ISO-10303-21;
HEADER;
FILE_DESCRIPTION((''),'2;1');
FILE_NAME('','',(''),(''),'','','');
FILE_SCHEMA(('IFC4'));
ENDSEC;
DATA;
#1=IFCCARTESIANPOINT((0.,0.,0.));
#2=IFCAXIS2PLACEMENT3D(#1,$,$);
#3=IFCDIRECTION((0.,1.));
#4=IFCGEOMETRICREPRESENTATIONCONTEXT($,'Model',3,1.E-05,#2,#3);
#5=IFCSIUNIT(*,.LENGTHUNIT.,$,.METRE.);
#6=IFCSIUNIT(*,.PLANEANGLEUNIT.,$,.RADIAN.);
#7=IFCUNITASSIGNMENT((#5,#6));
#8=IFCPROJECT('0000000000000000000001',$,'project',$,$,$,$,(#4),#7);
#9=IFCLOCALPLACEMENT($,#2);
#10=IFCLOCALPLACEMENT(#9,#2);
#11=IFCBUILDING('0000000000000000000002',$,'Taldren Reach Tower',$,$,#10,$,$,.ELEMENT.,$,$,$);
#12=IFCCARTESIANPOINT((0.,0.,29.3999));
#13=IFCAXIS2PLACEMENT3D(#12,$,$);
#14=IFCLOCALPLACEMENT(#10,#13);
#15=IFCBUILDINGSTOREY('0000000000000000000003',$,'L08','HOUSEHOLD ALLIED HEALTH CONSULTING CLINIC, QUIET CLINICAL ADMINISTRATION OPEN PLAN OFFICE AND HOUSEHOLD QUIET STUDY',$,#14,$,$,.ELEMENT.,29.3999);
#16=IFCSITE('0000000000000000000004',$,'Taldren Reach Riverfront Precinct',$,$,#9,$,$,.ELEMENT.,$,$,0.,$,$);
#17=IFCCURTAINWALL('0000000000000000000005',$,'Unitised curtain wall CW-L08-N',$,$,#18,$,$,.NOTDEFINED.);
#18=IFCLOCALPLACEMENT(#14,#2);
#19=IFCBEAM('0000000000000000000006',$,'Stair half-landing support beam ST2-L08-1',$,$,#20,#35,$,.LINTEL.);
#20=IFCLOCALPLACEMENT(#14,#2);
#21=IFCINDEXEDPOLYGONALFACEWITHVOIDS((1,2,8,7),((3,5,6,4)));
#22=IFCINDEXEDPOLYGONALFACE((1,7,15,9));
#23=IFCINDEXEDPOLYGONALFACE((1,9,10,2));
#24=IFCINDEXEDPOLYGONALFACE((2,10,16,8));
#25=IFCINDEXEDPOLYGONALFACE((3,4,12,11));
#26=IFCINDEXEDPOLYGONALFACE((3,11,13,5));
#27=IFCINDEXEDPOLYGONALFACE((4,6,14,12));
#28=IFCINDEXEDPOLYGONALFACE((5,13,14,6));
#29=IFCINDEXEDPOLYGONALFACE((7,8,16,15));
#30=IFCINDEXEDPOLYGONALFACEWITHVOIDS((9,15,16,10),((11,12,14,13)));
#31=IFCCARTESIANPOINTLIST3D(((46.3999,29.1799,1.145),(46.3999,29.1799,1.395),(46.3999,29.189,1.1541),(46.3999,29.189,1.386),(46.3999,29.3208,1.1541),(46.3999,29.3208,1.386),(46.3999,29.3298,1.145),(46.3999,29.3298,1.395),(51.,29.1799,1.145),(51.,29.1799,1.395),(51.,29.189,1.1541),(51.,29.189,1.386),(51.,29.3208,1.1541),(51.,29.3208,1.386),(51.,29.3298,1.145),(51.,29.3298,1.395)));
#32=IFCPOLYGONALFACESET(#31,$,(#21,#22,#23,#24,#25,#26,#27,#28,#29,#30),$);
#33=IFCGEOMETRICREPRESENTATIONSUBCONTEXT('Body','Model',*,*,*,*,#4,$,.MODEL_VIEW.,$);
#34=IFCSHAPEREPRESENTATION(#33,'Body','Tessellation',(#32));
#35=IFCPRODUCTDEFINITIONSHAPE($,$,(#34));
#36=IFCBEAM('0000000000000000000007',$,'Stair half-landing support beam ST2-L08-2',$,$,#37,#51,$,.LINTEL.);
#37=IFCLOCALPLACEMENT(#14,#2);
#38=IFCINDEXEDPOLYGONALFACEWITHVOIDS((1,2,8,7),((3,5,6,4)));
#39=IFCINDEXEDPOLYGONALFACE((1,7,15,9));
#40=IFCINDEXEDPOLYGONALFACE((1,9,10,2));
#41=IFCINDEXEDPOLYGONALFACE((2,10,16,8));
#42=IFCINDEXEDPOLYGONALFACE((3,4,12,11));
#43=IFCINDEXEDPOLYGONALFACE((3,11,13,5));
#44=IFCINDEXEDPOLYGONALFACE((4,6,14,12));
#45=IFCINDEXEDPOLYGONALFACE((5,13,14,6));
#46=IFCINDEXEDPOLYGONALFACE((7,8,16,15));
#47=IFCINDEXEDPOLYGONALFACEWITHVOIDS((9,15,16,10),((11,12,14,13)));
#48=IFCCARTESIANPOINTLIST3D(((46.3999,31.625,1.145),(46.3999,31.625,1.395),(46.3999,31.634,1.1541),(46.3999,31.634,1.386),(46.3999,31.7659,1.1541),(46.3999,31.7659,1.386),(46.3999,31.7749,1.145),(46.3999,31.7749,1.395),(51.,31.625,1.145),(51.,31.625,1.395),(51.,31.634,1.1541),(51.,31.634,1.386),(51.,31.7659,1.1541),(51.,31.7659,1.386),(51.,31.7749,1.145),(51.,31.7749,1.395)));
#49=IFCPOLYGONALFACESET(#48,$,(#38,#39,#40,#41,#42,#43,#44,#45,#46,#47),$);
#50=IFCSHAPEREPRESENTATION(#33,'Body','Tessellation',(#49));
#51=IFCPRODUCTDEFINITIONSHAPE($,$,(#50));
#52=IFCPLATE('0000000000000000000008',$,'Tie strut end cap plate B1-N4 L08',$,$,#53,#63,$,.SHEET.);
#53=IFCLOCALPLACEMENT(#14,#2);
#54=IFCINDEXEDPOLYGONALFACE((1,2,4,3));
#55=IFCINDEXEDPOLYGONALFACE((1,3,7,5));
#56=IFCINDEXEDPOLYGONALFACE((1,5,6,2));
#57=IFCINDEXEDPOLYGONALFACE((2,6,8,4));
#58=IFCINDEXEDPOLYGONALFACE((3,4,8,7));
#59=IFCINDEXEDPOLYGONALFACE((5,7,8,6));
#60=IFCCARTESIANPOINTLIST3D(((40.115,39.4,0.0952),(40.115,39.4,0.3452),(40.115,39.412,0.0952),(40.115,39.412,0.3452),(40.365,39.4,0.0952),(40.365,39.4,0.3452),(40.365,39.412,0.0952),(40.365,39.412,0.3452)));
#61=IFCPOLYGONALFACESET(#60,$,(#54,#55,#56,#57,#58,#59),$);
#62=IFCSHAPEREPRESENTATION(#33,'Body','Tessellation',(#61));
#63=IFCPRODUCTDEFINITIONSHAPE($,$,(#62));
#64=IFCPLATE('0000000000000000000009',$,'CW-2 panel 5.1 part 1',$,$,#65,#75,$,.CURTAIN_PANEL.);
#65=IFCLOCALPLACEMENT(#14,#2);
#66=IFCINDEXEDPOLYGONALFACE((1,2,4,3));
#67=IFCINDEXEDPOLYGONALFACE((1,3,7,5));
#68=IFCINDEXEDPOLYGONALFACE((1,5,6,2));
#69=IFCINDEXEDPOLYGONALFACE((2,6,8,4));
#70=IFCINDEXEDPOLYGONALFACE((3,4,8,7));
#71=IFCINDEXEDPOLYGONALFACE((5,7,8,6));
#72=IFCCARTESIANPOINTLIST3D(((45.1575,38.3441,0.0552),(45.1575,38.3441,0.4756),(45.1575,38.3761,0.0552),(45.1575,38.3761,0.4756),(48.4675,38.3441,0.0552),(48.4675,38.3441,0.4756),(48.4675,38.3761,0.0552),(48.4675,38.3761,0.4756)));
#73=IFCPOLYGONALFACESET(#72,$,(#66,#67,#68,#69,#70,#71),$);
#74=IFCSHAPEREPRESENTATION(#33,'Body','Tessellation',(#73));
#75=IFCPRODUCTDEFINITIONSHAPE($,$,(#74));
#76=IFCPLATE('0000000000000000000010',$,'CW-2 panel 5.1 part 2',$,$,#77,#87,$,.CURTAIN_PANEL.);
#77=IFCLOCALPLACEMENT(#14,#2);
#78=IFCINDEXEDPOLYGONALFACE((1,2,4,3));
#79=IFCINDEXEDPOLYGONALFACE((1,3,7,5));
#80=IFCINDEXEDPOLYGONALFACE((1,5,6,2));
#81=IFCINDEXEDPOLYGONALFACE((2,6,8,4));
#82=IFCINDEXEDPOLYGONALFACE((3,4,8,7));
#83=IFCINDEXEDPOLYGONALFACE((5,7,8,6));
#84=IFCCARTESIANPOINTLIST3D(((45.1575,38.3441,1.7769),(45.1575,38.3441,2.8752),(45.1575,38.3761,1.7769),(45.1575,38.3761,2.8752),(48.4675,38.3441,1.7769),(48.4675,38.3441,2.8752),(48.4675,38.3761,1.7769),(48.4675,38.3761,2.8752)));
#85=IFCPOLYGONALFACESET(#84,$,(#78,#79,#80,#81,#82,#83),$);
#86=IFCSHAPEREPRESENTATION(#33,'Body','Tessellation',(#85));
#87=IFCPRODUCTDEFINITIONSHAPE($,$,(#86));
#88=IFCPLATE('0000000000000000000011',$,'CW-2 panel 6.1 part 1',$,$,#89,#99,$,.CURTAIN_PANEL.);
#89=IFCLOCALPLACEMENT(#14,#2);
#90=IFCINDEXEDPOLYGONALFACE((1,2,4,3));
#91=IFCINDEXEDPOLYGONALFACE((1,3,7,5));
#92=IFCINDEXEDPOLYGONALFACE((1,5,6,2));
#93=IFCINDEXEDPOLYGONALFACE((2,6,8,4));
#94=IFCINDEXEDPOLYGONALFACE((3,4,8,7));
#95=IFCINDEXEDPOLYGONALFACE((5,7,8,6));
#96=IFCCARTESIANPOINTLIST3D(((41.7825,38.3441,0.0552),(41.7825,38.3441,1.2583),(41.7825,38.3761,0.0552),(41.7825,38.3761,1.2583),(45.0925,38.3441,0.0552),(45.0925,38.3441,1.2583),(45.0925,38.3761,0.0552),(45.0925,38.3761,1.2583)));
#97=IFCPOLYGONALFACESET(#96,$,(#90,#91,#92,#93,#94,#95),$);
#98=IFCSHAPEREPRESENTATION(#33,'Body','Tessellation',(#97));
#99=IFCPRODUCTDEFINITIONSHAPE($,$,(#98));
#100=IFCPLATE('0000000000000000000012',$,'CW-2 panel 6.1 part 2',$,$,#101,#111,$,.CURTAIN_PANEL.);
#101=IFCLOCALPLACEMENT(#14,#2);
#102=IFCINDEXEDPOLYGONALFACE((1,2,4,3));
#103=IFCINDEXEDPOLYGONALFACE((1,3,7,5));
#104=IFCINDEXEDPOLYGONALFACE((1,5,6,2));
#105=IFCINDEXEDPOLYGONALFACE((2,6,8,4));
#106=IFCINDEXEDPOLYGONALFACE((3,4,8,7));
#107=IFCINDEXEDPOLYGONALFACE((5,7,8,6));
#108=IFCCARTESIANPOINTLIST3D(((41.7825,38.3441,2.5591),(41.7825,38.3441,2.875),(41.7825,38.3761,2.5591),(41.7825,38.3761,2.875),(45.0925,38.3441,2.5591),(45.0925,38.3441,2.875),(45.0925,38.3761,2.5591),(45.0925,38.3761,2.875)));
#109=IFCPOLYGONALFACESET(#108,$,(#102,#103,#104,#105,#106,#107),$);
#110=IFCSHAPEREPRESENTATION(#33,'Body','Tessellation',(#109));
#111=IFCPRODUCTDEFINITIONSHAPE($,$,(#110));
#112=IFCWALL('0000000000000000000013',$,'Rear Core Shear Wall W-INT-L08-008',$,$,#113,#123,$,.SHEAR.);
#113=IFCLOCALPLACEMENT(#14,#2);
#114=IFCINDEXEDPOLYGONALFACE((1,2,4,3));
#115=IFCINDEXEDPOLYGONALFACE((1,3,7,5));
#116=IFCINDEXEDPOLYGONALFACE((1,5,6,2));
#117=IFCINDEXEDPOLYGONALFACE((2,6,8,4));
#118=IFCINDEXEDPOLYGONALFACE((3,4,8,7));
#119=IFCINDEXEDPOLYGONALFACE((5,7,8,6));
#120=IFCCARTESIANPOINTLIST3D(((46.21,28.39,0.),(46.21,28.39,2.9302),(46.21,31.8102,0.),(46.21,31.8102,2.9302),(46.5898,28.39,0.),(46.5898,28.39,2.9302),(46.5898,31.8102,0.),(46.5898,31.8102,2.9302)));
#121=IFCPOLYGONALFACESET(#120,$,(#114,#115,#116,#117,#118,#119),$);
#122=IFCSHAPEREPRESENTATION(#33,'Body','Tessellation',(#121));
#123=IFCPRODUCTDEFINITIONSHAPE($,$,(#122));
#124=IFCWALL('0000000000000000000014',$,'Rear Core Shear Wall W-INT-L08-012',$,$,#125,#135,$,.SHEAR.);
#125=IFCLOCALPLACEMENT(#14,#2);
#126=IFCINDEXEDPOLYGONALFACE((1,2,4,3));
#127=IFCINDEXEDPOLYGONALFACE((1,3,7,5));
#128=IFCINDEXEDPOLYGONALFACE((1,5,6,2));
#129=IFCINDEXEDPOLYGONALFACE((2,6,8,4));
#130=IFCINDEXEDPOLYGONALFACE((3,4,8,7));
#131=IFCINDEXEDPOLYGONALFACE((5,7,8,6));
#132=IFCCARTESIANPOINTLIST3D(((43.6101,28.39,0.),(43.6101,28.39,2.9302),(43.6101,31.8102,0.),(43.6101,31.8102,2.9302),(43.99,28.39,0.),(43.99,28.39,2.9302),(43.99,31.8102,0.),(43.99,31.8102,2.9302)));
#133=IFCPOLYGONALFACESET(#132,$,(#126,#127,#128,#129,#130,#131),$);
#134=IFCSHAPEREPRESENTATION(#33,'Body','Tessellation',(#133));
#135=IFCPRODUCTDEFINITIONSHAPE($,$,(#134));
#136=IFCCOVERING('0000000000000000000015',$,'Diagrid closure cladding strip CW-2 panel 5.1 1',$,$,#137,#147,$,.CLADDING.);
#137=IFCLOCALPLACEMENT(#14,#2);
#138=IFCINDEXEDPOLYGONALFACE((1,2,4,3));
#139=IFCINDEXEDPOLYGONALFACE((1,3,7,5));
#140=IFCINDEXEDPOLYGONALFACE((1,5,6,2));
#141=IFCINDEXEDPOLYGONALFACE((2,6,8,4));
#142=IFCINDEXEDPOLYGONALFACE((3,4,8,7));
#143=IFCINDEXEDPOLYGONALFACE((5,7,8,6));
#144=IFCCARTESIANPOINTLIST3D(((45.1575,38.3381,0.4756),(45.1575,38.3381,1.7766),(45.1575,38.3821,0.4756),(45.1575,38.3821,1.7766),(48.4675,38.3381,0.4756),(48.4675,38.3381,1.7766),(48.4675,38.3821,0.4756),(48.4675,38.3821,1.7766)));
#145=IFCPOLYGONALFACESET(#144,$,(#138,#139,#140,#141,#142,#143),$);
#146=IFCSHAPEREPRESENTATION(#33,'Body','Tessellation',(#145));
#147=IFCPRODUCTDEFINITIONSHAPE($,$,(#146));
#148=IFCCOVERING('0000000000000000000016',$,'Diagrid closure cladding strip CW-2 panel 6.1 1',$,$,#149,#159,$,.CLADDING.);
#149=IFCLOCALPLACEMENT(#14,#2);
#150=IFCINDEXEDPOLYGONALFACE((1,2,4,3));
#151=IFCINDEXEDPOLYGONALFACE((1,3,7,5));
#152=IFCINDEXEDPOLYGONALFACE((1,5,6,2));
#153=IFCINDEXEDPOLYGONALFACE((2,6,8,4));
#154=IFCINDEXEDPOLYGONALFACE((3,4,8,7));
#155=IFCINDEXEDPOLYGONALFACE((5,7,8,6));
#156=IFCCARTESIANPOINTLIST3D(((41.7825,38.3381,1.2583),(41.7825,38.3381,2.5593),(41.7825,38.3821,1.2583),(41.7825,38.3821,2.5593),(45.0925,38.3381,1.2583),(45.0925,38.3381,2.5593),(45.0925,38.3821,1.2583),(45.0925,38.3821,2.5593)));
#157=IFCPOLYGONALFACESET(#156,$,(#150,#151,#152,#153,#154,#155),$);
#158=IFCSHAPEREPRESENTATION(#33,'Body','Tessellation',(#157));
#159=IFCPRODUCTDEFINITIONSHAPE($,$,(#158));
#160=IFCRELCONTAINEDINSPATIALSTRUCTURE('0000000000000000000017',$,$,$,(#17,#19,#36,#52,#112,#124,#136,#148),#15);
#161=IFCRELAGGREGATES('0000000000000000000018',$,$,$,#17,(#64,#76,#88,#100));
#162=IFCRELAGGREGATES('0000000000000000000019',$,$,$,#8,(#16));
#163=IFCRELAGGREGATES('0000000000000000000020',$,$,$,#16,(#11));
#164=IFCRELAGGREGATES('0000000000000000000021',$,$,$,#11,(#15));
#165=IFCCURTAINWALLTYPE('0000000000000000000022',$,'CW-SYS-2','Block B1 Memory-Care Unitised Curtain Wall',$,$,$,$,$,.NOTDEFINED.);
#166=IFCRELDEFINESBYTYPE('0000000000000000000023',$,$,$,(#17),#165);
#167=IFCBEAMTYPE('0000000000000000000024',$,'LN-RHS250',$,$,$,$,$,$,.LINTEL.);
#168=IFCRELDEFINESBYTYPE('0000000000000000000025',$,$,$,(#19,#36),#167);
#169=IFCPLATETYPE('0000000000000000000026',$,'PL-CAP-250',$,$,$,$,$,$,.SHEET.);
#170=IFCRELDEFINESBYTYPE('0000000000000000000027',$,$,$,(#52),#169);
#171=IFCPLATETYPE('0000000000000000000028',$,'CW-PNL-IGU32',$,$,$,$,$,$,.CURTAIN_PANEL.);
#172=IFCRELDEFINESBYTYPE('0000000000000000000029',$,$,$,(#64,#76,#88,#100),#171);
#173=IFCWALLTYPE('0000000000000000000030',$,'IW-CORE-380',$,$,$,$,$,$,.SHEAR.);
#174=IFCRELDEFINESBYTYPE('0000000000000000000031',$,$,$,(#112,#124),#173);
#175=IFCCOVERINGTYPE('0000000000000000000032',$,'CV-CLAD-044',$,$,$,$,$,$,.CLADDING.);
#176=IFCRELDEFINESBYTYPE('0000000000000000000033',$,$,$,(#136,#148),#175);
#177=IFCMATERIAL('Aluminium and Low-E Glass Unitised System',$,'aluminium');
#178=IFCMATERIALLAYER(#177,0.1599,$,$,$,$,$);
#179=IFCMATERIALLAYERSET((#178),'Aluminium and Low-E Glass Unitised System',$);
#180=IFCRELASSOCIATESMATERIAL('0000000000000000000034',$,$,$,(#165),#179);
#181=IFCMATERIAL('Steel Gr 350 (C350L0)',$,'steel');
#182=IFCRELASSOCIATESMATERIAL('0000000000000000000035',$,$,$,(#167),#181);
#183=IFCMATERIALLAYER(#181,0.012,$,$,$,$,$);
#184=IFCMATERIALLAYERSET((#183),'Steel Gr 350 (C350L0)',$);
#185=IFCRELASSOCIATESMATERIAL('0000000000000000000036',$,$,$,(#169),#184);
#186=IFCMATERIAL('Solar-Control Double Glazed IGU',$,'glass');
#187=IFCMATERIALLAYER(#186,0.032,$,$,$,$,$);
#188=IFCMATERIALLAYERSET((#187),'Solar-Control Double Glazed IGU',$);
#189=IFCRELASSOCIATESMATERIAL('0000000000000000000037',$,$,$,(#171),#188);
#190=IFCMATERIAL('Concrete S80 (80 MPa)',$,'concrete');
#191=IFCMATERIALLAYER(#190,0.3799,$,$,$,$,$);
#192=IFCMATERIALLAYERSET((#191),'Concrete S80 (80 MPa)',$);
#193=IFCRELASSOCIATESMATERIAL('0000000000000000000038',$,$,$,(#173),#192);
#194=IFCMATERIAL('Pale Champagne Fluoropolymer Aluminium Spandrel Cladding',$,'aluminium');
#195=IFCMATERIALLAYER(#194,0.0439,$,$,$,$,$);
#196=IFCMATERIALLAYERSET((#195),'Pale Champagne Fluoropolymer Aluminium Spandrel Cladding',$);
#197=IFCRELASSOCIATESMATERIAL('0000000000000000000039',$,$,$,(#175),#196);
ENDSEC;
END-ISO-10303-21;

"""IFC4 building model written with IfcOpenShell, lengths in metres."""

from ifc_helpers import new_model, si_unit, direction, frame, frame_2d, origin, origin_2d, place, context, subcontext, project, spatial, rectangle, hollow_rectangle, extrude, source, transform, mapped, material, layer, layer_set, material_profile, profile_set, type_object, element, aggregate, save


model = new_model("IFC4")

# Units and contexts
model_context = context("Model", 3, precision=1e-05, world=origin(), true_north=direction((0.0, 1.0)))
body_context = subcontext(model_context, "Body", "Model", "MODEL_VIEW")
ifc_project = project(units=[si_unit("LENGTHUNIT", "METRE"), si_unit("PLANEANGLEUNIT", "RADIAN")], contexts=[model_context])

# Site, building, storey
site_placement = place(None, origin())
site = spatial("IfcSite", under=ifc_project, at=site_placement, Name="Taldren Reach Riverfront Precinct", CompositionType="ELEMENT", RefElevation=0.0)
building_placement = place(site_placement, origin())
building = spatial("IfcBuilding", under=site, at=building_placement, Name="Taldren Reach Tower", CompositionType="ELEMENT")
storey_placement = place(building_placement, frame((0.0, 0.0, 29.3999)))
storey = spatial("IfcBuildingStorey", under=building, at=storey_placement, Name="L08", Description="HOUSEHOLD ALLIED HEALTH CONSULTING CLINIC, QUIET CLINICAL ADMINISTRATION OPEN PLAN OFFICE AND HOUSEHOLD QUIET STUDY", CompositionType="ELEMENT", Elevation=29.3999)

# Curtain wall
ifc_material_1 = material(Name="Aluminium and Low-E Glass Unitised System", Category="aluminium")
ifc_layer_1 = layer(ifc_material_1, 0.1599)
ifc_layer_set_1 = layer_set([ifc_layer_1], Name="Aluminium and Low-E Glass Unitised System")
curtain_wall_type = type_object("IfcCurtainWallType", Name="CW-SYS-2", Description="Block B1 Memory-Care Unitised Curtain Wall", PredefinedType="NOTDEFINED", material=ifc_layer_set_1)
curtain_wall_placement = place(storey_placement, origin())
curtain_wall = element("IfcCurtainWall", 1, at=curtain_wall_placement, inside=storey, type_object=curtain_wall_type, Name="Unitised curtain wall CW-L08-N", PredefinedType="NOTDEFINED")

# Beams
ifc_material_2 = material(Name="Steel Gr 350 (C350L0)", Category="steel")
ifc_material_profile_1 = material_profile(ifc_material_2, hollow_rectangle(XDim=0.1499, YDim=0.25, WallThickness=0.009, at=origin_2d()), Name="250x150x9.0RHS")
ifc_profile_set_1 = profile_set([ifc_material_profile_1], Name="Steel Gr 350 (C350L0)")
beam_type = type_object("IfcBeamType", Name="LN-RHS250", PredefinedType="LINTEL", material=ifc_profile_set_1)
shared_shape_1 = source(origin(), body_context, "Body", "SweptSolid", [
    extrude(hollow_rectangle(XDim=0.1499, YDim=0.25, WallThickness=0.009, at=origin_2d()), origin(), (0.0, 0.0, 1.0), 4.6001),
])
for number, where, z_axis, x_axis, name in (
    (2, (46.3999, 29.2549, 1.27), (1.0, 0.0, 0.0), (0.0, 1.0, 0.0), "Stair half-landing support beam ST2-L08-1"),
    (3, (46.3999, 31.7, 1.27), (1.0, 0.0, 0.0), (0.0, 1.0, 0.0), "Stair half-landing support beam ST2-L08-2"),
):
    element("IfcBeam", number, at=place(storey_placement, frame(where, z_axis=z_axis, x_axis=x_axis)), inside=storey, type_object=beam_type, Name=name, PredefinedType="LINTEL", context=body_context, shape_type="MappedRepresentation", body=[
        mapped(shared_shape_1, transform((0.0, 0.0, 0.0), scale=1.0)),
    ])

# Plates
ifc_layer_2 = layer(ifc_material_2, 0.012)
ifc_layer_set_2 = layer_set([ifc_layer_2], Name="Steel Gr 350 (C350L0)")
plate_type_1 = type_object("IfcPlateType", Name="PL-CAP-250", PredefinedType="SHEET", material=ifc_layer_set_2)
shared_shape_2 = source(origin(), body_context, "Body", "SweptSolid", [
    extrude(rectangle(XDim=0.25, YDim=0.012, at=origin_2d()), origin(), (0.0, 0.0, 1.0), 0.25),
])
plate_1_placement = place(storey_placement, frame((40.24, 39.406, 0.0952), z_axis=(0.0, 0.0, 1.0), x_axis=(1.0, 0.0, 0.0)))
element("IfcPlate", 4, at=plate_1_placement, inside=storey, type_object=plate_type_1, Name="Tie strut end cap plate B1-N4 L08", PredefinedType="SHEET", context=body_context, shape_type="MappedRepresentation", body=[
    mapped(shared_shape_2, transform((0.0, 0.0, 0.0), scale=1.0)),
])
ifc_material_3 = material(Name="Solar-Control Double Glazed IGU", Category="glass")
ifc_layer_3 = layer(ifc_material_3, 0.032)
ifc_layer_set_3 = layer_set([ifc_layer_3], Name="Solar-Control Double Glazed IGU")
plate_type_2 = type_object("IfcPlateType", Name="CW-PNL-IGU32", PredefinedType="CURTAIN_PANEL", material=ifc_layer_set_3)
shared_shape_3 = source(origin(), body_context, "Body", "SweptSolid", [
    extrude(rectangle(XDim=3.3101, YDim=0.032, at=origin_2d()), origin(), (0.0, 0.0, 1.0), 0.4204),
])
plate_2_placement = place(storey_placement, frame((46.8125, 38.3601, 0.0552), z_axis=(0.0, 0.0, 1.0), x_axis=(-1.0, 0.0, 0.0)))
plate_2 = element("IfcPlate", 5, at=plate_2_placement, type_object=plate_type_2, Name="CW-2 panel 5.1 part 1", PredefinedType="CURTAIN_PANEL", context=body_context, shape_type="MappedRepresentation", body=[
    mapped(shared_shape_3, transform((0.0, 0.0, 0.0), scale=1.0)),
])
shared_shape_4 = source(origin(), body_context, "Body", "SweptSolid", [
    extrude(rectangle(XDim=3.3101, YDim=0.032, at=origin_2d()), origin(), (0.0, 0.0, 1.0), 1.0984),
])
plate_3_placement = place(storey_placement, frame((46.8125, 38.3601, 1.7769), z_axis=(0.0, 0.0, 1.0), x_axis=(-1.0, 0.0, 0.0)))
plate_3 = element("IfcPlate", 6, at=plate_3_placement, type_object=plate_type_2, Name="CW-2 panel 5.1 part 2", PredefinedType="CURTAIN_PANEL", context=body_context, shape_type="MappedRepresentation", body=[
    mapped(shared_shape_4, transform((0.0, 0.0, 0.0), scale=1.0)),
])
shared_shape_5 = source(origin(), body_context, "Body", "SweptSolid", [
    extrude(rectangle(XDim=3.3101, YDim=0.032, at=origin_2d()), origin(), (0.0, 0.0, 1.0), 1.2031),
])
plate_4_placement = place(storey_placement, frame((43.4375, 38.3601, 0.0552), z_axis=(0.0, 0.0, 1.0), x_axis=(-1.0, 0.0, 0.0)))
plate_4 = element("IfcPlate", 7, at=plate_4_placement, type_object=plate_type_2, Name="CW-2 panel 6.1 part 1", PredefinedType="CURTAIN_PANEL", context=body_context, shape_type="MappedRepresentation", body=[
    mapped(shared_shape_5, transform((0.0, 0.0, 0.0), scale=1.0)),
])
shared_shape_6 = source(origin(), body_context, "Body", "SweptSolid", [
    extrude(rectangle(XDim=3.3101, YDim=0.032, at=origin_2d()), origin(), (0.0, 0.0, 1.0), 0.3159),
])
plate_5_placement = place(storey_placement, frame((43.4375, 38.3601, 2.5591), z_axis=(0.0, 0.0, 1.0), x_axis=(-1.0, 0.0, 0.0)))
plate_5 = element("IfcPlate", 8, at=plate_5_placement, type_object=plate_type_2, Name="CW-2 panel 6.1 part 2", PredefinedType="CURTAIN_PANEL", context=body_context, shape_type="MappedRepresentation", body=[
    mapped(shared_shape_6, transform((0.0, 0.0, 0.0), scale=1.0)),
])
aggregate(curtain_wall, [plate_2, plate_3, plate_4, plate_5])

# Walls
ifc_material_4 = material(Name="Concrete S80 (80 MPa)", Category="concrete")
ifc_layer_4 = layer(ifc_material_4, 0.3799)
ifc_layer_set_4 = layer_set([ifc_layer_4], Name="Concrete S80 (80 MPa)")
wall_type = type_object("IfcWallType", Name="IW-CORE-380", PredefinedType="SHEAR", material=ifc_layer_set_4)
shared_shape_7 = source(origin(), body_context, "Body", "SweptSolid", [
    extrude(rectangle(XDim=3.4202, YDim=0.3799, at=frame_2d((1.71, 0.0))), origin(), (0.0, 0.0, 1.0), 2.9302),
])
for number, where, z_axis, x_axis, name in (
    (9, (46.3999, 31.8101, 0.0), (0.0, 0.0, 1.0), (0.0, -1.0, 0.0), "Rear Core Shear Wall W-INT-L08-008"),
    (10, (43.8, 31.8101, 0.0), (0.0, 0.0, 1.0), (0.0, -1.0, 0.0), "Rear Core Shear Wall W-INT-L08-012"),
):
    element("IfcWall", number, at=place(storey_placement, frame(where, z_axis=z_axis, x_axis=x_axis)), inside=storey, type_object=wall_type, Name=name, PredefinedType="SHEAR", context=body_context, shape_type="MappedRepresentation", body=[
        mapped(shared_shape_7, transform((0.0, 0.0, 0.0), scale=1.0)),
    ])

# Coverings
ifc_material_5 = material(Name="Pale Champagne Fluoropolymer Aluminium Spandrel Cladding", Category="aluminium")
ifc_layer_5 = layer(ifc_material_5, 0.0439)
ifc_layer_set_5 = layer_set([ifc_layer_5], Name="Pale Champagne Fluoropolymer Aluminium Spandrel Cladding")
covering_type = type_object("IfcCoveringType", Name="CV-CLAD-044", PredefinedType="CLADDING", material=ifc_layer_set_5)
shared_shape_8 = source(origin(), body_context, "Body", "SweptSolid", [
    extrude(rectangle(XDim=3.3101, YDim=0.0439, at=origin_2d()), origin(), (0.0, 0.0, 1.0), 1.301),
])
for number, where, z_axis, x_axis, name in (
    (11, (46.8125, 38.3601, 0.4756), (0.0, 0.0, 1.0), (-1.0, 0.0, 0.0), "Diagrid closure cladding strip CW-2 panel 5.1 1"),
    (12, (43.4375, 38.3601, 1.2583), (0.0, 0.0, 1.0), (-1.0, 0.0, 0.0), "Diagrid closure cladding strip CW-2 panel 6.1 1"),
):
    element("IfcCovering", number, at=place(storey_placement, frame(where, z_axis=z_axis, x_axis=x_axis)), inside=storey, type_object=covering_type, Name=name, PredefinedType="CLADDING", context=body_context, shape_type="MappedRepresentation", body=[
        mapped(shared_shape_8, transform((0.0, 0.0, 0.0), scale=1.0)),
    ])

save(model, "model.ifc")
